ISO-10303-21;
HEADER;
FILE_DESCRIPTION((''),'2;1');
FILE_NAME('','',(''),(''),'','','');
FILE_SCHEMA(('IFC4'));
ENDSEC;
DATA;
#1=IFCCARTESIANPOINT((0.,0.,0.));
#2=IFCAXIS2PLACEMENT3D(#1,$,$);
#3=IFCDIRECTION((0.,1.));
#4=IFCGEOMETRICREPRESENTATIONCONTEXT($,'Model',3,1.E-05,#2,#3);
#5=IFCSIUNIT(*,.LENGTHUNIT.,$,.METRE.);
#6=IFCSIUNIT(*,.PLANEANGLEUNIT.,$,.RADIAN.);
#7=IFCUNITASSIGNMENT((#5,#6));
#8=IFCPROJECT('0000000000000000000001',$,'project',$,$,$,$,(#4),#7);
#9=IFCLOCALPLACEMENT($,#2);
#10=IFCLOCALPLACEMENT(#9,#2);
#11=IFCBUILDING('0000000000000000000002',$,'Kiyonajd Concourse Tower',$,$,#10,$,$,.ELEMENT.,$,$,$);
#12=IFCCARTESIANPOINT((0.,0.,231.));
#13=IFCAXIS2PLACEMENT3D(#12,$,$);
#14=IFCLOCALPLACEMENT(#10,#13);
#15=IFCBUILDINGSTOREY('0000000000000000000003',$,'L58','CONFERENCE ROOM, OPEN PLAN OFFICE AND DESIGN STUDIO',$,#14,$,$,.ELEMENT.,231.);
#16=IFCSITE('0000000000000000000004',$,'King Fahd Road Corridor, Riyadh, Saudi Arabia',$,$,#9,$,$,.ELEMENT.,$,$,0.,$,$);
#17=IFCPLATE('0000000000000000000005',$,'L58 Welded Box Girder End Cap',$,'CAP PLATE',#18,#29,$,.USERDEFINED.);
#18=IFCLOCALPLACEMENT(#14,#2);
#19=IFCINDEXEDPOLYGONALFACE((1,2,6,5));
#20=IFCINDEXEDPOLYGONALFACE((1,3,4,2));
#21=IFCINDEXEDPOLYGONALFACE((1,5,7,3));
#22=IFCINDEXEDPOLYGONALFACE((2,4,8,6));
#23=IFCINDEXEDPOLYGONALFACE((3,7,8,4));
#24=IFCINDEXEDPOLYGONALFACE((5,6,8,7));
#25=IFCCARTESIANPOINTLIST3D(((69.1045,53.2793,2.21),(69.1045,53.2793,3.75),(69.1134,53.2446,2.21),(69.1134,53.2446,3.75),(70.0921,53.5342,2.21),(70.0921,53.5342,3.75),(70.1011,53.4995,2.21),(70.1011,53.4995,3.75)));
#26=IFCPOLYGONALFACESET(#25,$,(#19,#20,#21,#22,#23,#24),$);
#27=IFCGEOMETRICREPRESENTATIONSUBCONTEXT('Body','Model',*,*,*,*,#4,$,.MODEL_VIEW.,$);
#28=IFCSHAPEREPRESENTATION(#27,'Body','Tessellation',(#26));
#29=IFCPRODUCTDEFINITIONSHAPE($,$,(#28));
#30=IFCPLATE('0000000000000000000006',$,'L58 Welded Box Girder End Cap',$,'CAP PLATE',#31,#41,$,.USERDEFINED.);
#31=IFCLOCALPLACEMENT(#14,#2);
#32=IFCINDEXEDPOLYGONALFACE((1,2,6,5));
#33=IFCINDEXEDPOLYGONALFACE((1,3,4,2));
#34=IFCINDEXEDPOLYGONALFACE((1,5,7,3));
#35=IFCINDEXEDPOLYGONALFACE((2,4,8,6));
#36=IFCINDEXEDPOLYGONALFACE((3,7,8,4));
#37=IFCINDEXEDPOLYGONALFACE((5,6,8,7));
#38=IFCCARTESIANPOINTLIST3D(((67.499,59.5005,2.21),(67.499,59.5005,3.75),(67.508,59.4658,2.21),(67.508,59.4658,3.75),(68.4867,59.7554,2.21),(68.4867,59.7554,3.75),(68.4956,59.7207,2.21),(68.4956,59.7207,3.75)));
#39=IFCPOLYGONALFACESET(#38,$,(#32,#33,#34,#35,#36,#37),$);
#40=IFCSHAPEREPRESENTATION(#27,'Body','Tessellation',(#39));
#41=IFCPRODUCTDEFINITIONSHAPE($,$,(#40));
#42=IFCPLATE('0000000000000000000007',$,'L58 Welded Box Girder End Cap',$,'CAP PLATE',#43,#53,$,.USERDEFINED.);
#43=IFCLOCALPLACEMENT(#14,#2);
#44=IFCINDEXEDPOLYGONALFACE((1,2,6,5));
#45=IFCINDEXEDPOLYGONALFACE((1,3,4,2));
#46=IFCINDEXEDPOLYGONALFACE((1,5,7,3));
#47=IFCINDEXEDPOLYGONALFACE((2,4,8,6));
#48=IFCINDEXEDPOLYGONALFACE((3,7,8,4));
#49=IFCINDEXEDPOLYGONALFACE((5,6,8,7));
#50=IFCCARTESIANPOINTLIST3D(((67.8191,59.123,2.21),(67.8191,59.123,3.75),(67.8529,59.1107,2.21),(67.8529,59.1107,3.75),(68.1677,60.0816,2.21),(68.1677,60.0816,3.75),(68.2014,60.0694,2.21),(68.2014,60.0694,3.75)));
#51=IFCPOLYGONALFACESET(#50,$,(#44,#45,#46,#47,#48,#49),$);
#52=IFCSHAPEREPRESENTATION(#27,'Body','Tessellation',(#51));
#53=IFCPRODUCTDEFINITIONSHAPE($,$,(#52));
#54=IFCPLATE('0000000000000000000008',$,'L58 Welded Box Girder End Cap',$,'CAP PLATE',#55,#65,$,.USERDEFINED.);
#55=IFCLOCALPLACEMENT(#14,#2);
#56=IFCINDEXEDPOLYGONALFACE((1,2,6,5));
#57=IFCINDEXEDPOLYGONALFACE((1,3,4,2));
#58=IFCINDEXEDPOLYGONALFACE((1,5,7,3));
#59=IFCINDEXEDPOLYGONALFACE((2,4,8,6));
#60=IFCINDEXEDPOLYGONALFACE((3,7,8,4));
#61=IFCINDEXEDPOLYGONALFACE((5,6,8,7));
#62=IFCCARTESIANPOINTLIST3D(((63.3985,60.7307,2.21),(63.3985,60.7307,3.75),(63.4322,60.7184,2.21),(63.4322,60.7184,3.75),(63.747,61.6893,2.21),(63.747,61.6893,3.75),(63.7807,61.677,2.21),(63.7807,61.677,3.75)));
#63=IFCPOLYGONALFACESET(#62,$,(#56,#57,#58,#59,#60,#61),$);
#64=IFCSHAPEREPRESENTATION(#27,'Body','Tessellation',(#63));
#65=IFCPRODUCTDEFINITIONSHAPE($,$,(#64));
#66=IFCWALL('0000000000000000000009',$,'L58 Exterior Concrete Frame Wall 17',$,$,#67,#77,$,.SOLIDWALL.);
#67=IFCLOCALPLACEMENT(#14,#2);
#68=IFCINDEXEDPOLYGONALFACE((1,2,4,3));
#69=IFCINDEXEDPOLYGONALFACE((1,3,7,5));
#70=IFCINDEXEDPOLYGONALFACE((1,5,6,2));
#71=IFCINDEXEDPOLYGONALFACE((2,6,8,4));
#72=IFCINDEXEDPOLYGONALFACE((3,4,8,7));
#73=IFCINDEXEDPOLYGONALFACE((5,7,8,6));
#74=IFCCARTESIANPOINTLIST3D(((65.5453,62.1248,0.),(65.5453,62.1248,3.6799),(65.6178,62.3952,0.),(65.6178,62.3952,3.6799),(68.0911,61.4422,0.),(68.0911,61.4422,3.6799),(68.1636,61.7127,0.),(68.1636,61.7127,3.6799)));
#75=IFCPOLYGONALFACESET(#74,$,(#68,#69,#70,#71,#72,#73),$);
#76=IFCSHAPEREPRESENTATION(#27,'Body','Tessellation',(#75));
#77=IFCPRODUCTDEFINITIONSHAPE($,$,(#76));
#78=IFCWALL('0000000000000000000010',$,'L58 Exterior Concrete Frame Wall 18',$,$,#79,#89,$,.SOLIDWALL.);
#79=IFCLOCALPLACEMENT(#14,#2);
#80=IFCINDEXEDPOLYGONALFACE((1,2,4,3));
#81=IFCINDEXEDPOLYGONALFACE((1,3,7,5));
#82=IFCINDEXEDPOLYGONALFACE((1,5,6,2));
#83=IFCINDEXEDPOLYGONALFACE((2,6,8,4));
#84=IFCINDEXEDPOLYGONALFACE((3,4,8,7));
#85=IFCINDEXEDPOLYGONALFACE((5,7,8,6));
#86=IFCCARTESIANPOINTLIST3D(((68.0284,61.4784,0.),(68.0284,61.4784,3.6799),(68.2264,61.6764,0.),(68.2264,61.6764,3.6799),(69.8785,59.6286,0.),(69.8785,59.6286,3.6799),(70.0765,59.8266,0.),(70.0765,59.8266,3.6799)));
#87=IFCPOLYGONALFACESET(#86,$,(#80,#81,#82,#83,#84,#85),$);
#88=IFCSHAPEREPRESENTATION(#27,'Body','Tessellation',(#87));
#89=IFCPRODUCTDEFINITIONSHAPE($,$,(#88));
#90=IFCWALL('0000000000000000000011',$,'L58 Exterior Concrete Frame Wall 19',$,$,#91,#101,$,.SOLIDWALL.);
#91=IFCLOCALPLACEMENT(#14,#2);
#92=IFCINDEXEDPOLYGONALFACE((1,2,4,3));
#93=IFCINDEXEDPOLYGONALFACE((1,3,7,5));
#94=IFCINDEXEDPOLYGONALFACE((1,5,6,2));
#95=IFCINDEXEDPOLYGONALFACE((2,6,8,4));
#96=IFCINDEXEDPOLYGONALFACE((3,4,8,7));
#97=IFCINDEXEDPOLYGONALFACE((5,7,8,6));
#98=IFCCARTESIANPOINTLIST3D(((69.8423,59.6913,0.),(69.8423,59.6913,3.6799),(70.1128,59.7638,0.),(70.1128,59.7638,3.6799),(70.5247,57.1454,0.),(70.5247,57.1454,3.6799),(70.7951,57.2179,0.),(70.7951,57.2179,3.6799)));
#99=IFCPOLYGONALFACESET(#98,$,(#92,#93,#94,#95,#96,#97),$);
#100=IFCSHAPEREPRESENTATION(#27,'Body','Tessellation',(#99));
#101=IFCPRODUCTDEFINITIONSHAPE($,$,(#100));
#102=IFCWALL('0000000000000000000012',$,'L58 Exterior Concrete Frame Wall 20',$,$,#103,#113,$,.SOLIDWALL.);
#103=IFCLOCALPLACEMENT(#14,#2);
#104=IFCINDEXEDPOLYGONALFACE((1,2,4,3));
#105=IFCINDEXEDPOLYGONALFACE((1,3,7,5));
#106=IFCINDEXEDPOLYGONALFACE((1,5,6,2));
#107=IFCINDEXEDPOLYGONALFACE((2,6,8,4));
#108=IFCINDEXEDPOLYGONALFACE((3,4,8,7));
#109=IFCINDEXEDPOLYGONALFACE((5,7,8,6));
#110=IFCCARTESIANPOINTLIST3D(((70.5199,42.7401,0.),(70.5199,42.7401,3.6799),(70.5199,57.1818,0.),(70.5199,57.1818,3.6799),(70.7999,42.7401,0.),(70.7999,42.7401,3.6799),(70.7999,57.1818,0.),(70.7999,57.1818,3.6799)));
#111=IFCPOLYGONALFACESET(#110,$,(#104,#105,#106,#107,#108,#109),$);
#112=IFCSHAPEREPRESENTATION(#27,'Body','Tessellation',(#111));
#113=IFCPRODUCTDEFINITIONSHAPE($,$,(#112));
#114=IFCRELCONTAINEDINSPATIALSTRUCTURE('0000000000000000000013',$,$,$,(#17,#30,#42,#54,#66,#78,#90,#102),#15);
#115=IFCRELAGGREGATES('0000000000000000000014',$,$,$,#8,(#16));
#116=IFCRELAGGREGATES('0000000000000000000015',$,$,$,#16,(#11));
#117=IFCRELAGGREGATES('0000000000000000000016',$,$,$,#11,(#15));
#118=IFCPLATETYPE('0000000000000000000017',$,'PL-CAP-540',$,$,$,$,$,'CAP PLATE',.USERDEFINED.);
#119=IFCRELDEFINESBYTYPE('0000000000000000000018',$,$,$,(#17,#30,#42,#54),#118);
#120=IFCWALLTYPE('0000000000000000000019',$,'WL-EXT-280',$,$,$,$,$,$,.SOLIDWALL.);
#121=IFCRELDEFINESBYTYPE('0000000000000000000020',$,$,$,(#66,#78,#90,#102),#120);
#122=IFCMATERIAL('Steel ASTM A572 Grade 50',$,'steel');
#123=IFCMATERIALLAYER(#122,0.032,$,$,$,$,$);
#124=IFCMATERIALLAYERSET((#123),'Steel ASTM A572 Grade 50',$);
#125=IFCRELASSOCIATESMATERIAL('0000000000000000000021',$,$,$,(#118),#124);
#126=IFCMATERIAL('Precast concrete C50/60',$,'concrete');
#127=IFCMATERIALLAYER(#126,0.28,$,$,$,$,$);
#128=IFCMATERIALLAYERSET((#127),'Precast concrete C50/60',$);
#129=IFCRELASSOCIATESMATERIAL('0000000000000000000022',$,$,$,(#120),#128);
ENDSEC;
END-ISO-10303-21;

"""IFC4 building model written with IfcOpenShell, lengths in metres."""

from ifc_helpers import new_model, si_unit, direction, frame, frame_2d, origin, origin_2d, place, context, subcontext, project, spatial, rectangle, extrude, material, layer, layer_set, type_object, element, save


model = new_model("IFC4")

# Units and contexts
model_context = context("Model", 3, precision=1e-05, world=origin(), true_north=direction((0.0, 1.0)))
body_context = subcontext(model_context, "Body", "Model", "MODEL_VIEW")
ifc_project = project(units=[si_unit("LENGTHUNIT", "METRE"), si_unit("PLANEANGLEUNIT", "RADIAN")], contexts=[model_context])

# Site, building, storey
site_placement = place(None, origin())
site = spatial("IfcSite", under=ifc_project, at=site_placement, Name="King Fahd Road Corridor, Riyadh, Saudi Arabia", CompositionType="ELEMENT", RefElevation=0.0)
building_placement = place(site_placement, origin())
building = spatial("IfcBuilding", under=site, at=building_placement, Name="Kiyonajd Concourse Tower", CompositionType="ELEMENT")
storey_placement = place(building_placement, frame((0.0, 0.0, 231.0)))
storey = spatial("IfcBuildingStorey", under=building, at=storey_placement, Name="L58", Description="CONFERENCE ROOM, OPEN PLAN OFFICE AND DESIGN STUDIO", CompositionType="ELEMENT", Elevation=231.0)

# Shared definitions
ifc_material_1 = material(Name="Steel ASTM A572 Grade 50", Category="steel")

# Plates
ifc_layer_1 = layer(ifc_material_1, 0.032)
ifc_layer_set_1 = layer_set([ifc_layer_1], Name="Steel ASTM A572 Grade 50")
plate_type_1 = type_object("IfcPlateType", Name="PL-CAP-540", ElementType="CAP PLATE", PredefinedType="USERDEFINED", material=ifc_layer_set_1)
for number, where, z_axis, x_axis, name in (
    (1, (69.6028, 53.3894, 2.21), (0.0, 0.0, 1.0), (0.249873, -0.968279, 0.0), "L58 Welded Box Girder End Cap"),
    (2, (67.9973, 59.6106, 2.21), (0.0, 0.0, 1.0), (-0.249873, 0.968279, 0.0), "L58 Welded Box Girder End Cap"),
    (3, (68.0103, 59.5962, 2.21), (0.0, 0.0, 1.0), (0.939812, -0.341692, 0.0), "L58 Welded Box Girder End Cap"),
    (4, (63.5896, 61.2039, 2.21), (0.0, 0.0, 1.0), (-0.939812, 0.341692, 0.0), "L58 Welded Box Girder End Cap"),
):
    element("IfcPlate", number, at=place(storey_placement, frame(where, z_axis=z_axis, x_axis=x_axis)), inside=storey, type_object=plate_type_1, Name=name, ObjectType="CAP PLATE", PredefinedType="USERDEFINED", context=body_context, shape_type="SweptSolid", body=[
        extrude(rectangle(XDim=0.0359, YDim=1.02, at=origin_2d()), origin(), (0.0, 0.0, 1.0), 1.54),
    ])

# Walls
ifc_material_2 = material(Name="Precast concrete C50/60", Category="concrete")
ifc_layer_2 = layer(ifc_material_2, 0.28)
ifc_layer_set_2 = layer_set([ifc_layer_2], Name="Precast concrete C50/60")
wall_type = type_object("IfcWallType", Name="WL-EXT-280", PredefinedType="SOLIDWALL", material=ifc_layer_set_2)
wall_1_placement = place(storey_placement, frame((65.5815, 62.26, 0.0), z_axis=(0.0, 0.0, 1.0), x_axis=(0.965884, -0.258977, 0.0)))
element("IfcWall", 5, at=wall_1_placement, inside=storey, type_object=wall_type, Name="L58 Exterior Concrete Frame Wall 17", PredefinedType="SOLIDWALL", context=body_context, shape_type="SweptSolid", body=[
    extrude(rectangle(XDim=2.6357, YDim=0.28, at=frame_2d((1.3179, 0.0))), origin(), (0.0, 0.0, 1.0), 3.6799),
])
wall_2_placement = place(storey_placement, frame((68.1274, 61.5774, 0.0), z_axis=(0.0, 0.0, 1.0), x_axis=(0.707153, -0.70706, 0.0)))
element("IfcWall", 6, at=wall_2_placement, inside=storey, type_object=wall_type, Name="L58 Exterior Concrete Frame Wall 18", PredefinedType="SOLIDWALL", context=body_context, shape_type="SweptSolid", body=[
    extrude(rectangle(XDim=2.6162, YDim=0.28, at=frame_2d((1.3081, 0.0))), origin(), (0.0, 0.0, 1.0), 3.6799),
])
wall_3_placement = place(storey_placement, frame((69.9775, 59.7275, 0.0), z_axis=(0.0, 0.0, 1.0), x_axis=(0.25889, -0.965907, 0.0)))
element("IfcWall", 7, at=wall_3_placement, inside=storey, type_object=wall_type, Name="L58 Exterior Concrete Frame Wall 19", PredefinedType="SOLIDWALL", context=body_context, shape_type="SweptSolid", body=[
    extrude(rectangle(XDim=2.6357, YDim=0.28, at=frame_2d((1.3179, 0.0))), origin(), (0.0, 0.0, 1.0), 3.6799),
])
wall_4_placement = place(storey_placement, frame((70.6599, 57.1816, 0.0), z_axis=(0.0, 0.0, 1.0), x_axis=(0.0, -1.0, 0.0)))
element("IfcWall", 8, at=wall_4_placement, inside=storey, type_object=wall_type, Name="L58 Exterior Concrete Frame Wall 20", PredefinedType="SOLIDWALL", context=body_context, shape_type="SweptSolid", body=[
    extrude(rectangle(XDim=14.4417, YDim=0.28, at=frame_2d((7.2207, 0.0))), origin(), (0.0, 0.0, 1.0), 3.6799),
])

save(model, "model.ifc")
